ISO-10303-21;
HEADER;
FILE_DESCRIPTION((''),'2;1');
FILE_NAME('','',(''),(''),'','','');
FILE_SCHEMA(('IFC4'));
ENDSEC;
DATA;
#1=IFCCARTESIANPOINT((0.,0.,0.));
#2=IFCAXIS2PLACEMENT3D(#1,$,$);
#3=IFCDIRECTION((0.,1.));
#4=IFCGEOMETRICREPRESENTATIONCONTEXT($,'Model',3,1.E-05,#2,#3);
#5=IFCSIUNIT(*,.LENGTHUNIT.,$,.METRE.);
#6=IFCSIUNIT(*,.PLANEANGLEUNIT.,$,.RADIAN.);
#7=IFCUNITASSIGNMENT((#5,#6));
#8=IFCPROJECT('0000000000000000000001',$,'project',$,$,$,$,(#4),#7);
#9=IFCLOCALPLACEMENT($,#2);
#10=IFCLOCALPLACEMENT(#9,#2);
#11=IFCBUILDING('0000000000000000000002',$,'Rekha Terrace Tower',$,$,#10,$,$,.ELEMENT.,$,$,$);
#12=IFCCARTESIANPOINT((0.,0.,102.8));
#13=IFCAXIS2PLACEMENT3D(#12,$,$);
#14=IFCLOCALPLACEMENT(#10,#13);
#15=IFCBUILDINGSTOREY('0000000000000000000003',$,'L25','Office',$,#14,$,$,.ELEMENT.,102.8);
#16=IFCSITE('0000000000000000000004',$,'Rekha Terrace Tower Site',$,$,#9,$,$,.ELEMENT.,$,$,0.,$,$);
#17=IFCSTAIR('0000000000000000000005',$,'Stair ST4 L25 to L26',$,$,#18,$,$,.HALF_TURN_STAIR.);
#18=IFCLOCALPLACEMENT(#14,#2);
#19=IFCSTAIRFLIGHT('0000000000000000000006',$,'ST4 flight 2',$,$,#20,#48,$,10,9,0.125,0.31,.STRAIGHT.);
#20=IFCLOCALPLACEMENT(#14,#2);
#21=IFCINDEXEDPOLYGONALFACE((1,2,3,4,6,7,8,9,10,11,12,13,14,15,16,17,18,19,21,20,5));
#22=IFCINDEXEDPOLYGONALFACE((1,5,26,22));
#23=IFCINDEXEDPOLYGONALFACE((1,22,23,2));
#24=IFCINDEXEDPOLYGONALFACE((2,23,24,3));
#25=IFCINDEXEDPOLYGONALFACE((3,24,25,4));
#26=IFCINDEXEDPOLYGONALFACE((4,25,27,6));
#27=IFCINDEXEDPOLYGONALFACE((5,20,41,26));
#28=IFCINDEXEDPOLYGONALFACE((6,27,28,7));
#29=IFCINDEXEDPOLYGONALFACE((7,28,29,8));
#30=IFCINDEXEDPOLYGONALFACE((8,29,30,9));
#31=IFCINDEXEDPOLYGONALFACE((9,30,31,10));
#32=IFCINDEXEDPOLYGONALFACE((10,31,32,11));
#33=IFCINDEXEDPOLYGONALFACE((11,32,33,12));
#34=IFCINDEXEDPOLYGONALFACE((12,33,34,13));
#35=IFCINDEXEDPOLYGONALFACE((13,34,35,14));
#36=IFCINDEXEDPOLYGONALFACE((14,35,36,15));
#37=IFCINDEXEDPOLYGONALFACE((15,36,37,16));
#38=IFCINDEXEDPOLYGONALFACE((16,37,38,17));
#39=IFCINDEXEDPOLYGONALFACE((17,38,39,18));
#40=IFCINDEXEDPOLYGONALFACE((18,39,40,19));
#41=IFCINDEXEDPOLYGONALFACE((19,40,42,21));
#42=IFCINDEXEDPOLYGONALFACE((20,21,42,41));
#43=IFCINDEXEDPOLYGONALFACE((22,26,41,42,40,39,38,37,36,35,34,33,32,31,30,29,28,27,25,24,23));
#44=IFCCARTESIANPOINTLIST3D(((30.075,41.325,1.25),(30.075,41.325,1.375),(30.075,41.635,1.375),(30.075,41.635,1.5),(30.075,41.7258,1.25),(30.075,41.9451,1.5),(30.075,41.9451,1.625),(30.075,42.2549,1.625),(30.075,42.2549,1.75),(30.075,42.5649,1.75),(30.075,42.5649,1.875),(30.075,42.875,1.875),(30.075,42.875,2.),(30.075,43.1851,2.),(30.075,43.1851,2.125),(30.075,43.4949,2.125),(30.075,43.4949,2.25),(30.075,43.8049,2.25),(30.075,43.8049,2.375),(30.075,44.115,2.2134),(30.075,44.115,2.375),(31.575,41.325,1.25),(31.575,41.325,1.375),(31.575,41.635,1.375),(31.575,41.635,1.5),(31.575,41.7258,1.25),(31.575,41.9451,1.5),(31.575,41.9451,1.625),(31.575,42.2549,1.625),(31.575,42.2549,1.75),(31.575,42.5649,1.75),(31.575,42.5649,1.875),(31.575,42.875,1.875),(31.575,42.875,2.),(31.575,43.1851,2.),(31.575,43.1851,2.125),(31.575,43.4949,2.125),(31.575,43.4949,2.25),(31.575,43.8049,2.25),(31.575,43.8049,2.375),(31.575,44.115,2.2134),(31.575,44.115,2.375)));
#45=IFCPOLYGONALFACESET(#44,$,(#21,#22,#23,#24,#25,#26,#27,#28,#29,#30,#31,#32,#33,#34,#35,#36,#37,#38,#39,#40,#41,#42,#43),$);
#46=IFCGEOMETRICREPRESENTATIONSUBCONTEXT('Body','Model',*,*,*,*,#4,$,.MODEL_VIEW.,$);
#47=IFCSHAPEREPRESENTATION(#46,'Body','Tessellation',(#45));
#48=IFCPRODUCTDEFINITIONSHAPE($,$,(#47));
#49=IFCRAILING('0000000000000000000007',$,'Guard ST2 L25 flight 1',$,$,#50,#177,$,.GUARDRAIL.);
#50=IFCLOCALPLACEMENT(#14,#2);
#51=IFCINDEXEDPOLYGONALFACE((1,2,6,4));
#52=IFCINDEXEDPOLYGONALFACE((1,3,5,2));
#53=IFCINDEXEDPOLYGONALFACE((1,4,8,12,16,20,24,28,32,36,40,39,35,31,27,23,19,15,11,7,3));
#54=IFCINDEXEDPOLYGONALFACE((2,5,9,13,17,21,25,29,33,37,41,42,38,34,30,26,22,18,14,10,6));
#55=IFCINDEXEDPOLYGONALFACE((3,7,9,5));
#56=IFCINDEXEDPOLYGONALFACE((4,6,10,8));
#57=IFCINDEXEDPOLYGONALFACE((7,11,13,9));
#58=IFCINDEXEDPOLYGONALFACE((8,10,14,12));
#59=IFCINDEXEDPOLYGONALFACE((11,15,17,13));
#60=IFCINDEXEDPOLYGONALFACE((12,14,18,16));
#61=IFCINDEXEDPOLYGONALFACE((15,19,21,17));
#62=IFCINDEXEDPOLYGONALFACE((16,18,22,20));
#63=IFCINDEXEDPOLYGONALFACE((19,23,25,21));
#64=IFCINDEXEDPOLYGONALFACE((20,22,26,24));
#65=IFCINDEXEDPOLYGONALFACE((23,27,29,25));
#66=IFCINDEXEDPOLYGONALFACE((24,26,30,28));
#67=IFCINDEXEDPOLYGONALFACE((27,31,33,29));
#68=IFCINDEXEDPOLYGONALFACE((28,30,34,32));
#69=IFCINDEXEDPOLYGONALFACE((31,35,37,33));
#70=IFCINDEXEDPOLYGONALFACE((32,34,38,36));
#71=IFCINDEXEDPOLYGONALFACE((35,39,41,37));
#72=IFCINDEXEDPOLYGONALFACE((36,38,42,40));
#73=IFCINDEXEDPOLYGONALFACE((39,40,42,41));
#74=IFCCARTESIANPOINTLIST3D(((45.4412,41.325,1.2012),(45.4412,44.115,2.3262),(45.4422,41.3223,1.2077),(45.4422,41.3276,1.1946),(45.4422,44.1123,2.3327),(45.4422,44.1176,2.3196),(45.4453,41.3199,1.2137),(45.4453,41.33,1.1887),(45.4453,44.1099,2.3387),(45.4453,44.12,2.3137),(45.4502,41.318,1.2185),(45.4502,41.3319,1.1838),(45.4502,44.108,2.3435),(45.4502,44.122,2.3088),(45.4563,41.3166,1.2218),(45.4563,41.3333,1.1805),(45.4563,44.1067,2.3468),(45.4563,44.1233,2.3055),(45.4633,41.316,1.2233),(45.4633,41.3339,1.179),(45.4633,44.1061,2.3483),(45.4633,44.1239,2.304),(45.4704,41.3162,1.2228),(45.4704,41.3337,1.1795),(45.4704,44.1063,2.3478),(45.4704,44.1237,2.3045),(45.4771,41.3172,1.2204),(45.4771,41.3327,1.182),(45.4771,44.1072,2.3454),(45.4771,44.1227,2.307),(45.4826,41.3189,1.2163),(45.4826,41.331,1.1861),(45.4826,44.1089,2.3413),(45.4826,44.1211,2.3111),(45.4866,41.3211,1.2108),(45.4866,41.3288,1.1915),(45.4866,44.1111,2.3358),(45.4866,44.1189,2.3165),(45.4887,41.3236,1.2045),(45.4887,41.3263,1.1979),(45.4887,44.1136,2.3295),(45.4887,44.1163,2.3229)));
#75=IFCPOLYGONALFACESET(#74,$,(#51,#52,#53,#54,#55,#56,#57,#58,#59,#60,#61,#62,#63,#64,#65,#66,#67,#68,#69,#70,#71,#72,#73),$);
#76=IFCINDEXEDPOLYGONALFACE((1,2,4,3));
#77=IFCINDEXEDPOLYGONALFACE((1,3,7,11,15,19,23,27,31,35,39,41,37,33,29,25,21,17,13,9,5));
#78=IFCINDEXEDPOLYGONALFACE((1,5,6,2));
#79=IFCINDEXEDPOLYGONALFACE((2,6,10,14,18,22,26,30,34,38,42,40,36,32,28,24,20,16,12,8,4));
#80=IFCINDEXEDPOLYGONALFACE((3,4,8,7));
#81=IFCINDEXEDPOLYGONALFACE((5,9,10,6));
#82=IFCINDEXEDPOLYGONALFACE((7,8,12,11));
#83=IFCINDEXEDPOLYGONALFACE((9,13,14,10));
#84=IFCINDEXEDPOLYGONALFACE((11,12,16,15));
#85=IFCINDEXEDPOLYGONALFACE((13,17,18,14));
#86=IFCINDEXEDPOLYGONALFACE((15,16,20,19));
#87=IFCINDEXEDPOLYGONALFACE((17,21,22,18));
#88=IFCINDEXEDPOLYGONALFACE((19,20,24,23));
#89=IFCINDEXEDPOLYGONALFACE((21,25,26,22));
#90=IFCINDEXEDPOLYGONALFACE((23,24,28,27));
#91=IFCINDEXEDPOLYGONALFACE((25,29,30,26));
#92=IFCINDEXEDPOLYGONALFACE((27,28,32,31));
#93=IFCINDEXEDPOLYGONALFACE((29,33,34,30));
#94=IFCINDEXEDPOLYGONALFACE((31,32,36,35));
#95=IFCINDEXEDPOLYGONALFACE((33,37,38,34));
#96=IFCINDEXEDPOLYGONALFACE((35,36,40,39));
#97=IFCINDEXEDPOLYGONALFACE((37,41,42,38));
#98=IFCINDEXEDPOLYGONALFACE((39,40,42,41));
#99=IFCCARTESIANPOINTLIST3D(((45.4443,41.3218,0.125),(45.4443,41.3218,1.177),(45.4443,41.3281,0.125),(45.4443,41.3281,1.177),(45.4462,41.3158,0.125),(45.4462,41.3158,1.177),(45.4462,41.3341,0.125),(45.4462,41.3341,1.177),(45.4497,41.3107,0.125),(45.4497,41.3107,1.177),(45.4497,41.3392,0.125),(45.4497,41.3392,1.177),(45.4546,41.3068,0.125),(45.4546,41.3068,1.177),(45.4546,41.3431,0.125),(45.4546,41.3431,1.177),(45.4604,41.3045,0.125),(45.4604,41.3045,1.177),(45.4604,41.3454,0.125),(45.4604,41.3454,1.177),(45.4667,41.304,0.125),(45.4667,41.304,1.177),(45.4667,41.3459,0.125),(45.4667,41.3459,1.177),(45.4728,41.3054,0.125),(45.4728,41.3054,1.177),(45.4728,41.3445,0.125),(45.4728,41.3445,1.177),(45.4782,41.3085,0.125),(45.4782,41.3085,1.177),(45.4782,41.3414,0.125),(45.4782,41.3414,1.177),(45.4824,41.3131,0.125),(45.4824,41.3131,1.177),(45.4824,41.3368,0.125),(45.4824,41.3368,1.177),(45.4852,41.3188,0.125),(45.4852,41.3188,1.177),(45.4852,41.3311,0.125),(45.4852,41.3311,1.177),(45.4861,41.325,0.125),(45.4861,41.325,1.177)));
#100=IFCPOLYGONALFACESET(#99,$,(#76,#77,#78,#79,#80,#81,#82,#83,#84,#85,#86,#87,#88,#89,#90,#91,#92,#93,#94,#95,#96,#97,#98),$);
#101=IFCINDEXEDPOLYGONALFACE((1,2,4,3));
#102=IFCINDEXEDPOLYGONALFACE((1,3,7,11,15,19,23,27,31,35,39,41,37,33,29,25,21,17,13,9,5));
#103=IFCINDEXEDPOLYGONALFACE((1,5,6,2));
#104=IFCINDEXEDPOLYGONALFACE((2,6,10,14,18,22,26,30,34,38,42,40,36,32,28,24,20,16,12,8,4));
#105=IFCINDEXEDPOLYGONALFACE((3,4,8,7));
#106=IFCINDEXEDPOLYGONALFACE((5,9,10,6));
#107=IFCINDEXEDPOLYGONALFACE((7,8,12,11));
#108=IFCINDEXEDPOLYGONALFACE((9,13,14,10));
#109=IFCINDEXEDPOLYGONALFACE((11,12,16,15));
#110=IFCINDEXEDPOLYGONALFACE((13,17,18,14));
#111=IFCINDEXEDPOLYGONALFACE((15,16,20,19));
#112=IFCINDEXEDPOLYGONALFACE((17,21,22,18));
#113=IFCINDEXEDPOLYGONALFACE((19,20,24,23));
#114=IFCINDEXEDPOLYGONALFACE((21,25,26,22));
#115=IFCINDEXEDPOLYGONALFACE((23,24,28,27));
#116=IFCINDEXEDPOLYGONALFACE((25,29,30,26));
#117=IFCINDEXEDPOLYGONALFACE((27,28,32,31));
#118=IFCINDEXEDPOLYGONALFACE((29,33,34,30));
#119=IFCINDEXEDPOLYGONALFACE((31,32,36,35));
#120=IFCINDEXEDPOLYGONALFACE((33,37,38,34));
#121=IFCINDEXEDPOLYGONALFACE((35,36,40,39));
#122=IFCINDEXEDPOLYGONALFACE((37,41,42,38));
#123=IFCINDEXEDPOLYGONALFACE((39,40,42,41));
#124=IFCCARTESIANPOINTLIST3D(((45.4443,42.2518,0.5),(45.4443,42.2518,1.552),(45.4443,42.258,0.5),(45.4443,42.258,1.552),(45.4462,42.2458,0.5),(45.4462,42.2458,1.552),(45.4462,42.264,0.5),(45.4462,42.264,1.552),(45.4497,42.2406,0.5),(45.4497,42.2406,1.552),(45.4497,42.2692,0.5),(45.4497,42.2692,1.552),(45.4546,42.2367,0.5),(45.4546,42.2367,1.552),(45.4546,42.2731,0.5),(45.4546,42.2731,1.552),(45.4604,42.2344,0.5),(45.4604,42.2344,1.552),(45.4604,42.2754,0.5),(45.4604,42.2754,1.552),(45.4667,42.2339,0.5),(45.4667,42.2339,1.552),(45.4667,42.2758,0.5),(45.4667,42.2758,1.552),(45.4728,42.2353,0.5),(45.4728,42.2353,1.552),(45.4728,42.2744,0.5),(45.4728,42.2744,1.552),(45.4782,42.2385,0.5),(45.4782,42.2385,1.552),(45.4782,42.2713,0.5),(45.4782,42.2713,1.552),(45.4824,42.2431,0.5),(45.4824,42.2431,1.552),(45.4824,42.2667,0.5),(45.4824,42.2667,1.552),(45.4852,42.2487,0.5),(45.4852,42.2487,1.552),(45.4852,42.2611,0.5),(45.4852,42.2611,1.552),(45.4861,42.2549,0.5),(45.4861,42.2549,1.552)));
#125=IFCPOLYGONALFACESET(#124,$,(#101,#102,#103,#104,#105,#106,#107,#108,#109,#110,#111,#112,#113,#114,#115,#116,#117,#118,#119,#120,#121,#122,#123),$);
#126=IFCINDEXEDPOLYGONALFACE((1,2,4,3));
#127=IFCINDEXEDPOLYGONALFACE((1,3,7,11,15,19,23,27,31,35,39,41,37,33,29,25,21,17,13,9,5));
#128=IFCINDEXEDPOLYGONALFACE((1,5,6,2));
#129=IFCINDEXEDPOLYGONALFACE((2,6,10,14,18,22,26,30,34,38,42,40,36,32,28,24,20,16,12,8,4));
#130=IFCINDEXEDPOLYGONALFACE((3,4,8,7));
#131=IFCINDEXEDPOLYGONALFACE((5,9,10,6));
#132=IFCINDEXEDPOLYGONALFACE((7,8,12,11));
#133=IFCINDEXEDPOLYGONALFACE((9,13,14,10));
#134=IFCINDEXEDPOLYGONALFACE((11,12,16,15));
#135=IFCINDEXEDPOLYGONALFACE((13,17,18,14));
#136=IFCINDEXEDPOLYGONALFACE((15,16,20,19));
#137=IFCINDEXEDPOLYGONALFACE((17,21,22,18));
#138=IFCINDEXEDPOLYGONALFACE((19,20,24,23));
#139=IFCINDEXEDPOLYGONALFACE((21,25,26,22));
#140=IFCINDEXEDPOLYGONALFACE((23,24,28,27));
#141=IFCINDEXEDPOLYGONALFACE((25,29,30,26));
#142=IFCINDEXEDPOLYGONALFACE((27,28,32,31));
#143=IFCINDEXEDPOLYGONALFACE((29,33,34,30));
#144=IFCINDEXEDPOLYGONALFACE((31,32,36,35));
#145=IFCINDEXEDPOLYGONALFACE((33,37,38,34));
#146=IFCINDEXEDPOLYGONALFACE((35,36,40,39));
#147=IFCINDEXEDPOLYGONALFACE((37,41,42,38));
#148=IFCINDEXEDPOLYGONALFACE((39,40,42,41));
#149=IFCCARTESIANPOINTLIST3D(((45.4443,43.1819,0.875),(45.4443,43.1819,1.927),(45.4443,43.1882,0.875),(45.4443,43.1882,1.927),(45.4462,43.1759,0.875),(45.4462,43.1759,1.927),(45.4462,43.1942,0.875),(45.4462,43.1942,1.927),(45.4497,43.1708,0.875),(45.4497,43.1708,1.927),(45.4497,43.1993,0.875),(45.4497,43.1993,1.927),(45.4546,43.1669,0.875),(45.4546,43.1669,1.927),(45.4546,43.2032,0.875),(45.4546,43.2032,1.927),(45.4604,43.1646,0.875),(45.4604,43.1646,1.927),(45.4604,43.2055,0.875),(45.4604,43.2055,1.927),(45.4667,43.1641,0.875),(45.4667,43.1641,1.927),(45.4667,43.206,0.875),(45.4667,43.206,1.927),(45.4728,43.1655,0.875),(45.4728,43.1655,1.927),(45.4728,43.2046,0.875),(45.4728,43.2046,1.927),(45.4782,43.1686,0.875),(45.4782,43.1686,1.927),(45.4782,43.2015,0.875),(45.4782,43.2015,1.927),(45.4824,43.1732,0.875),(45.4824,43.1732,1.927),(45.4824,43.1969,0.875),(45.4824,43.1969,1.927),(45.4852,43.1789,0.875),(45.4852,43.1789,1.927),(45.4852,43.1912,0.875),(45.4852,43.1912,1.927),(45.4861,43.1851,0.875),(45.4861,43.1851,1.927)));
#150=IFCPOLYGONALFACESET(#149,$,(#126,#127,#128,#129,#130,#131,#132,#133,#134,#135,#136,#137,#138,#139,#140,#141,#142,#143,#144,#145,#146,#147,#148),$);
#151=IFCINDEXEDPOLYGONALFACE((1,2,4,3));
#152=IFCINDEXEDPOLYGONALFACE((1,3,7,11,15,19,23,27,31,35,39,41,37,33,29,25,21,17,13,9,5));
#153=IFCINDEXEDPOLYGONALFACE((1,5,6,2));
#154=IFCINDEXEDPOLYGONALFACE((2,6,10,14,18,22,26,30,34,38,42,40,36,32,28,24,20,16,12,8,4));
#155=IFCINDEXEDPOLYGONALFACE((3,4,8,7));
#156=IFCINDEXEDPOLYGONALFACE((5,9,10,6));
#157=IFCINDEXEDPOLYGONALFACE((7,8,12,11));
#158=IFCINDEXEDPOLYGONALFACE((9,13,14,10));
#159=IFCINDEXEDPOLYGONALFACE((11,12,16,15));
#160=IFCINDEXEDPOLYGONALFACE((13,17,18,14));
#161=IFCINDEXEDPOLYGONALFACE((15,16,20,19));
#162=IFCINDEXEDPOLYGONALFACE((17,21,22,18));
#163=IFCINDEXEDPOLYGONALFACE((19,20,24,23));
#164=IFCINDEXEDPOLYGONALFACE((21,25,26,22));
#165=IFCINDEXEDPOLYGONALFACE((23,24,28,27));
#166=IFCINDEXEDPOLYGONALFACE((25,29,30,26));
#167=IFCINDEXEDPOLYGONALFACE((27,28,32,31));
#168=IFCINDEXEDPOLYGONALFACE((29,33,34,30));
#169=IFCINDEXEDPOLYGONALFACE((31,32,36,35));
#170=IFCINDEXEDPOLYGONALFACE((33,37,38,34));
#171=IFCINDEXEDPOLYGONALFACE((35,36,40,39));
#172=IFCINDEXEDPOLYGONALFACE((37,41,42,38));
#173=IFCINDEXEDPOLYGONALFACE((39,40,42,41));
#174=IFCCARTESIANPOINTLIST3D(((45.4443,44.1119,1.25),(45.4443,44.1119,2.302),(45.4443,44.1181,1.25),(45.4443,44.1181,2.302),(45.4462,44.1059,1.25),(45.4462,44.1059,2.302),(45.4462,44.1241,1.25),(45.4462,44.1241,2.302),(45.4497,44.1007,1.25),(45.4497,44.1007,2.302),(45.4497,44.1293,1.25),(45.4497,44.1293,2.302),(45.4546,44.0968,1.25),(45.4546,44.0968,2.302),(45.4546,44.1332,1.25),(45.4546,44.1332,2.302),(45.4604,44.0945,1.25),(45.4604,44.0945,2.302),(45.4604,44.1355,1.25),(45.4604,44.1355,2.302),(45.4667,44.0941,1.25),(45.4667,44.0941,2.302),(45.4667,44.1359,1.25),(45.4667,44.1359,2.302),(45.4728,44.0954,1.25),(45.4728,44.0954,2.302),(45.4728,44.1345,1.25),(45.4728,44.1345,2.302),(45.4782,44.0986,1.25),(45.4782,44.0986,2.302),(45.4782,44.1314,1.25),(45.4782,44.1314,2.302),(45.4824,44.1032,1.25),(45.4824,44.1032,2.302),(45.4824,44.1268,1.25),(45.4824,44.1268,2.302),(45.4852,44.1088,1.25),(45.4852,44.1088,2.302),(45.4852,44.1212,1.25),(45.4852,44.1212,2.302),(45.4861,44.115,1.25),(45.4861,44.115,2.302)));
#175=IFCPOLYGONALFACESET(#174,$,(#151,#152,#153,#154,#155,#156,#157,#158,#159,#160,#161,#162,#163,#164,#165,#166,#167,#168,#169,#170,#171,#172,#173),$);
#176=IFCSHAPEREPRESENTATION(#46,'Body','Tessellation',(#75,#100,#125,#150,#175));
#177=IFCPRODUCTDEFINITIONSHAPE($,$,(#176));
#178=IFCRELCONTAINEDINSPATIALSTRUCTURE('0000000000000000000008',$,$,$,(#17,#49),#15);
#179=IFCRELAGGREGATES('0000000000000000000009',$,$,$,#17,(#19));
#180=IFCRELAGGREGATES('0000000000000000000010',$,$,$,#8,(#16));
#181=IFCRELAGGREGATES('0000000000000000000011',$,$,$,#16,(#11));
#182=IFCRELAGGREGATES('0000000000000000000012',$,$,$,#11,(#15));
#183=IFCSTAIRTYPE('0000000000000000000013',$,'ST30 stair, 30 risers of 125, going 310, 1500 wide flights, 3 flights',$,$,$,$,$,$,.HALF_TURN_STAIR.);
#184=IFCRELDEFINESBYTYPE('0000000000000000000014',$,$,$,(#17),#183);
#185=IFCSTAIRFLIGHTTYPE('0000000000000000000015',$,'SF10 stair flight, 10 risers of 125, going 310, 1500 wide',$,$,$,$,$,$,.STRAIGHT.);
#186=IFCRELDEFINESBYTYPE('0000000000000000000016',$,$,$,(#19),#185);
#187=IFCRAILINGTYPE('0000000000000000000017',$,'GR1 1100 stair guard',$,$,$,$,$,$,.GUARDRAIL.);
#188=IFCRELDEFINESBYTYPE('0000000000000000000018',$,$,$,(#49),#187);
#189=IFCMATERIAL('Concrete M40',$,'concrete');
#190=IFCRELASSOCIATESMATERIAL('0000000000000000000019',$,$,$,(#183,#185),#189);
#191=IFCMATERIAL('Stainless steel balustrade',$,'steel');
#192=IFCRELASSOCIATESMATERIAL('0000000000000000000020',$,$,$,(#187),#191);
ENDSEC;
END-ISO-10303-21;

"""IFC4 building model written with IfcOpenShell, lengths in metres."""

from ifc_helpers import new_model, si_unit, direction, frame, origin, origin_2d, place, context, subcontext, project, spatial, polyline, circle, outline, extrude, material, type_object, element, aggregate, save


model = new_model("IFC4")

# Units and contexts
model_context = context("Model", 3, precision=1e-05, world=origin(), true_north=direction((0.0, 1.0)))
body_context = subcontext(model_context, "Body", "Model", "MODEL_VIEW")
ifc_project = project(units=[si_unit("LENGTHUNIT", "METRE"), si_unit("PLANEANGLEUNIT", "RADIAN")], contexts=[model_context])

# Site, building, storey
site_placement = place(None, origin())
site = spatial("IfcSite", under=ifc_project, at=site_placement, Name="Rekha Terrace Tower Site", CompositionType="ELEMENT", RefElevation=0.0)
building_placement = place(site_placement, origin())
building = spatial("IfcBuilding", under=site, at=building_placement, Name="Rekha Terrace Tower", CompositionType="ELEMENT")
storey_placement = place(building_placement, frame((0.0, 0.0, 102.8)))
storey = spatial("IfcBuildingStorey", under=building, at=storey_placement, Name="L25", Description="Office", CompositionType="ELEMENT", Elevation=102.8)

# Shared definitions
ifc_material_1 = material(Name="Concrete M40", Category="concrete")
stair_type = type_object("IfcStairType", Name="ST30 stair, 30 risers of 125, going 310, 1500 wide flights, 3 flights", PredefinedType="HALF_TURN_STAIR", material=ifc_material_1)
stair_flight_type = type_object("IfcStairFlightType", Name="SF10 stair flight, 10 risers of 125, going 310, 1500 wide", PredefinedType="STRAIGHT", material=ifc_material_1)

# Stair, stair flight
stair_1_placement = place(storey_placement, origin())
stair_1 = element("IfcStair", 1, at=stair_1_placement, inside=storey, type_object=stair_type, Name="Stair ST4 L25 to L26", PredefinedType="HALF_TURN_STAIR")
stair_flight_1_placement = place(storey_placement, frame((30.825, 41.325, 1.25), z_axis=(0.0, 0.0, 1.0), x_axis=(0.0, 1.0, 0.0)))
stair_flight_1 = element("IfcStairFlight", 2, at=stair_flight_1_placement, type_object=stair_flight_type, Name="ST4 flight 2", NumberOfRisers=10, NumberOfTreads=9, PredefinedType="STRAIGHT", RiserHeight=0.125, TreadLength=0.31, context=body_context, shape_type="SweptSolid", body=[
    extrude(outline(polyline([(0.0, 0.0), (0.0, 0.125), (0.3101, 0.125), (0.3101, 0.25), (0.6201, 0.25), (0.6201, 0.375), (0.9299, 0.375), (0.9299, 0.5), (1.24, 0.5), (1.24, 0.625), (1.55, 0.625), (1.55, 0.75), (1.8601, 0.75), (1.8601, 0.875), (2.1699, 0.875), (2.1699, 1.0), (2.48, 1.0), (2.48, 1.125), (2.79, 1.125), (2.79, 1.25), (2.79, 0.9634), (0.4009, 0.0), (0.0, 0.0)])), frame((0.0, 0.75, 0.0), z_axis=(0.0, -1.0, 0.0), x_axis=(1.0, 0.0, 0.0)), (0.0, 0.0, 1.0), 1.5),
])
aggregate(stair_1, [stair_flight_1])

# Railing
ifc_material_2 = material(Name="Stainless steel balustrade", Category="steel")
railing_type_1 = type_object("IfcRailingType", Name="GR1 1100 stair guard", PredefinedType="GUARDRAIL", material=ifc_material_2)
railing_1_placement = place(storey_placement, frame((45.4651, 41.325, 0.125)))
element("IfcRailing", 3, at=railing_1_placement, inside=storey, type_object=railing_type_1, Name="Guard ST2 L25 flight 1", PredefinedType="GUARDRAIL", context=body_context, shape_type="SweptSolid", body=[
    extrude(circle(Radius=0.0239, at=origin_2d()), frame((0.0, 0.0, 1.0762), z_axis=(0.0, 0.927443, 0.373964), x_axis=(-1.0, 0.0, 0.0)), (0.0, 0.0, 1.0), 3.0083),
    extrude(circle(Radius=0.021, at=origin_2d()), origin(), (0.0, 0.0, 1.0), 1.052),
    extrude(circle(Radius=0.021, at=origin_2d()), frame((0.0, 0.9299, 0.375)), (0.0, 0.0, 1.0), 1.052),
    extrude(circle(Radius=0.021, at=origin_2d()), frame((0.0, 1.8601, 0.75)), (0.0, 0.0, 1.0), 1.052),
    extrude(circle(Radius=0.021, at=origin_2d()), frame((0.0, 2.79, 1.125)), (0.0, 0.0, 1.0), 1.052),
])

save(model, "model.ifc")
